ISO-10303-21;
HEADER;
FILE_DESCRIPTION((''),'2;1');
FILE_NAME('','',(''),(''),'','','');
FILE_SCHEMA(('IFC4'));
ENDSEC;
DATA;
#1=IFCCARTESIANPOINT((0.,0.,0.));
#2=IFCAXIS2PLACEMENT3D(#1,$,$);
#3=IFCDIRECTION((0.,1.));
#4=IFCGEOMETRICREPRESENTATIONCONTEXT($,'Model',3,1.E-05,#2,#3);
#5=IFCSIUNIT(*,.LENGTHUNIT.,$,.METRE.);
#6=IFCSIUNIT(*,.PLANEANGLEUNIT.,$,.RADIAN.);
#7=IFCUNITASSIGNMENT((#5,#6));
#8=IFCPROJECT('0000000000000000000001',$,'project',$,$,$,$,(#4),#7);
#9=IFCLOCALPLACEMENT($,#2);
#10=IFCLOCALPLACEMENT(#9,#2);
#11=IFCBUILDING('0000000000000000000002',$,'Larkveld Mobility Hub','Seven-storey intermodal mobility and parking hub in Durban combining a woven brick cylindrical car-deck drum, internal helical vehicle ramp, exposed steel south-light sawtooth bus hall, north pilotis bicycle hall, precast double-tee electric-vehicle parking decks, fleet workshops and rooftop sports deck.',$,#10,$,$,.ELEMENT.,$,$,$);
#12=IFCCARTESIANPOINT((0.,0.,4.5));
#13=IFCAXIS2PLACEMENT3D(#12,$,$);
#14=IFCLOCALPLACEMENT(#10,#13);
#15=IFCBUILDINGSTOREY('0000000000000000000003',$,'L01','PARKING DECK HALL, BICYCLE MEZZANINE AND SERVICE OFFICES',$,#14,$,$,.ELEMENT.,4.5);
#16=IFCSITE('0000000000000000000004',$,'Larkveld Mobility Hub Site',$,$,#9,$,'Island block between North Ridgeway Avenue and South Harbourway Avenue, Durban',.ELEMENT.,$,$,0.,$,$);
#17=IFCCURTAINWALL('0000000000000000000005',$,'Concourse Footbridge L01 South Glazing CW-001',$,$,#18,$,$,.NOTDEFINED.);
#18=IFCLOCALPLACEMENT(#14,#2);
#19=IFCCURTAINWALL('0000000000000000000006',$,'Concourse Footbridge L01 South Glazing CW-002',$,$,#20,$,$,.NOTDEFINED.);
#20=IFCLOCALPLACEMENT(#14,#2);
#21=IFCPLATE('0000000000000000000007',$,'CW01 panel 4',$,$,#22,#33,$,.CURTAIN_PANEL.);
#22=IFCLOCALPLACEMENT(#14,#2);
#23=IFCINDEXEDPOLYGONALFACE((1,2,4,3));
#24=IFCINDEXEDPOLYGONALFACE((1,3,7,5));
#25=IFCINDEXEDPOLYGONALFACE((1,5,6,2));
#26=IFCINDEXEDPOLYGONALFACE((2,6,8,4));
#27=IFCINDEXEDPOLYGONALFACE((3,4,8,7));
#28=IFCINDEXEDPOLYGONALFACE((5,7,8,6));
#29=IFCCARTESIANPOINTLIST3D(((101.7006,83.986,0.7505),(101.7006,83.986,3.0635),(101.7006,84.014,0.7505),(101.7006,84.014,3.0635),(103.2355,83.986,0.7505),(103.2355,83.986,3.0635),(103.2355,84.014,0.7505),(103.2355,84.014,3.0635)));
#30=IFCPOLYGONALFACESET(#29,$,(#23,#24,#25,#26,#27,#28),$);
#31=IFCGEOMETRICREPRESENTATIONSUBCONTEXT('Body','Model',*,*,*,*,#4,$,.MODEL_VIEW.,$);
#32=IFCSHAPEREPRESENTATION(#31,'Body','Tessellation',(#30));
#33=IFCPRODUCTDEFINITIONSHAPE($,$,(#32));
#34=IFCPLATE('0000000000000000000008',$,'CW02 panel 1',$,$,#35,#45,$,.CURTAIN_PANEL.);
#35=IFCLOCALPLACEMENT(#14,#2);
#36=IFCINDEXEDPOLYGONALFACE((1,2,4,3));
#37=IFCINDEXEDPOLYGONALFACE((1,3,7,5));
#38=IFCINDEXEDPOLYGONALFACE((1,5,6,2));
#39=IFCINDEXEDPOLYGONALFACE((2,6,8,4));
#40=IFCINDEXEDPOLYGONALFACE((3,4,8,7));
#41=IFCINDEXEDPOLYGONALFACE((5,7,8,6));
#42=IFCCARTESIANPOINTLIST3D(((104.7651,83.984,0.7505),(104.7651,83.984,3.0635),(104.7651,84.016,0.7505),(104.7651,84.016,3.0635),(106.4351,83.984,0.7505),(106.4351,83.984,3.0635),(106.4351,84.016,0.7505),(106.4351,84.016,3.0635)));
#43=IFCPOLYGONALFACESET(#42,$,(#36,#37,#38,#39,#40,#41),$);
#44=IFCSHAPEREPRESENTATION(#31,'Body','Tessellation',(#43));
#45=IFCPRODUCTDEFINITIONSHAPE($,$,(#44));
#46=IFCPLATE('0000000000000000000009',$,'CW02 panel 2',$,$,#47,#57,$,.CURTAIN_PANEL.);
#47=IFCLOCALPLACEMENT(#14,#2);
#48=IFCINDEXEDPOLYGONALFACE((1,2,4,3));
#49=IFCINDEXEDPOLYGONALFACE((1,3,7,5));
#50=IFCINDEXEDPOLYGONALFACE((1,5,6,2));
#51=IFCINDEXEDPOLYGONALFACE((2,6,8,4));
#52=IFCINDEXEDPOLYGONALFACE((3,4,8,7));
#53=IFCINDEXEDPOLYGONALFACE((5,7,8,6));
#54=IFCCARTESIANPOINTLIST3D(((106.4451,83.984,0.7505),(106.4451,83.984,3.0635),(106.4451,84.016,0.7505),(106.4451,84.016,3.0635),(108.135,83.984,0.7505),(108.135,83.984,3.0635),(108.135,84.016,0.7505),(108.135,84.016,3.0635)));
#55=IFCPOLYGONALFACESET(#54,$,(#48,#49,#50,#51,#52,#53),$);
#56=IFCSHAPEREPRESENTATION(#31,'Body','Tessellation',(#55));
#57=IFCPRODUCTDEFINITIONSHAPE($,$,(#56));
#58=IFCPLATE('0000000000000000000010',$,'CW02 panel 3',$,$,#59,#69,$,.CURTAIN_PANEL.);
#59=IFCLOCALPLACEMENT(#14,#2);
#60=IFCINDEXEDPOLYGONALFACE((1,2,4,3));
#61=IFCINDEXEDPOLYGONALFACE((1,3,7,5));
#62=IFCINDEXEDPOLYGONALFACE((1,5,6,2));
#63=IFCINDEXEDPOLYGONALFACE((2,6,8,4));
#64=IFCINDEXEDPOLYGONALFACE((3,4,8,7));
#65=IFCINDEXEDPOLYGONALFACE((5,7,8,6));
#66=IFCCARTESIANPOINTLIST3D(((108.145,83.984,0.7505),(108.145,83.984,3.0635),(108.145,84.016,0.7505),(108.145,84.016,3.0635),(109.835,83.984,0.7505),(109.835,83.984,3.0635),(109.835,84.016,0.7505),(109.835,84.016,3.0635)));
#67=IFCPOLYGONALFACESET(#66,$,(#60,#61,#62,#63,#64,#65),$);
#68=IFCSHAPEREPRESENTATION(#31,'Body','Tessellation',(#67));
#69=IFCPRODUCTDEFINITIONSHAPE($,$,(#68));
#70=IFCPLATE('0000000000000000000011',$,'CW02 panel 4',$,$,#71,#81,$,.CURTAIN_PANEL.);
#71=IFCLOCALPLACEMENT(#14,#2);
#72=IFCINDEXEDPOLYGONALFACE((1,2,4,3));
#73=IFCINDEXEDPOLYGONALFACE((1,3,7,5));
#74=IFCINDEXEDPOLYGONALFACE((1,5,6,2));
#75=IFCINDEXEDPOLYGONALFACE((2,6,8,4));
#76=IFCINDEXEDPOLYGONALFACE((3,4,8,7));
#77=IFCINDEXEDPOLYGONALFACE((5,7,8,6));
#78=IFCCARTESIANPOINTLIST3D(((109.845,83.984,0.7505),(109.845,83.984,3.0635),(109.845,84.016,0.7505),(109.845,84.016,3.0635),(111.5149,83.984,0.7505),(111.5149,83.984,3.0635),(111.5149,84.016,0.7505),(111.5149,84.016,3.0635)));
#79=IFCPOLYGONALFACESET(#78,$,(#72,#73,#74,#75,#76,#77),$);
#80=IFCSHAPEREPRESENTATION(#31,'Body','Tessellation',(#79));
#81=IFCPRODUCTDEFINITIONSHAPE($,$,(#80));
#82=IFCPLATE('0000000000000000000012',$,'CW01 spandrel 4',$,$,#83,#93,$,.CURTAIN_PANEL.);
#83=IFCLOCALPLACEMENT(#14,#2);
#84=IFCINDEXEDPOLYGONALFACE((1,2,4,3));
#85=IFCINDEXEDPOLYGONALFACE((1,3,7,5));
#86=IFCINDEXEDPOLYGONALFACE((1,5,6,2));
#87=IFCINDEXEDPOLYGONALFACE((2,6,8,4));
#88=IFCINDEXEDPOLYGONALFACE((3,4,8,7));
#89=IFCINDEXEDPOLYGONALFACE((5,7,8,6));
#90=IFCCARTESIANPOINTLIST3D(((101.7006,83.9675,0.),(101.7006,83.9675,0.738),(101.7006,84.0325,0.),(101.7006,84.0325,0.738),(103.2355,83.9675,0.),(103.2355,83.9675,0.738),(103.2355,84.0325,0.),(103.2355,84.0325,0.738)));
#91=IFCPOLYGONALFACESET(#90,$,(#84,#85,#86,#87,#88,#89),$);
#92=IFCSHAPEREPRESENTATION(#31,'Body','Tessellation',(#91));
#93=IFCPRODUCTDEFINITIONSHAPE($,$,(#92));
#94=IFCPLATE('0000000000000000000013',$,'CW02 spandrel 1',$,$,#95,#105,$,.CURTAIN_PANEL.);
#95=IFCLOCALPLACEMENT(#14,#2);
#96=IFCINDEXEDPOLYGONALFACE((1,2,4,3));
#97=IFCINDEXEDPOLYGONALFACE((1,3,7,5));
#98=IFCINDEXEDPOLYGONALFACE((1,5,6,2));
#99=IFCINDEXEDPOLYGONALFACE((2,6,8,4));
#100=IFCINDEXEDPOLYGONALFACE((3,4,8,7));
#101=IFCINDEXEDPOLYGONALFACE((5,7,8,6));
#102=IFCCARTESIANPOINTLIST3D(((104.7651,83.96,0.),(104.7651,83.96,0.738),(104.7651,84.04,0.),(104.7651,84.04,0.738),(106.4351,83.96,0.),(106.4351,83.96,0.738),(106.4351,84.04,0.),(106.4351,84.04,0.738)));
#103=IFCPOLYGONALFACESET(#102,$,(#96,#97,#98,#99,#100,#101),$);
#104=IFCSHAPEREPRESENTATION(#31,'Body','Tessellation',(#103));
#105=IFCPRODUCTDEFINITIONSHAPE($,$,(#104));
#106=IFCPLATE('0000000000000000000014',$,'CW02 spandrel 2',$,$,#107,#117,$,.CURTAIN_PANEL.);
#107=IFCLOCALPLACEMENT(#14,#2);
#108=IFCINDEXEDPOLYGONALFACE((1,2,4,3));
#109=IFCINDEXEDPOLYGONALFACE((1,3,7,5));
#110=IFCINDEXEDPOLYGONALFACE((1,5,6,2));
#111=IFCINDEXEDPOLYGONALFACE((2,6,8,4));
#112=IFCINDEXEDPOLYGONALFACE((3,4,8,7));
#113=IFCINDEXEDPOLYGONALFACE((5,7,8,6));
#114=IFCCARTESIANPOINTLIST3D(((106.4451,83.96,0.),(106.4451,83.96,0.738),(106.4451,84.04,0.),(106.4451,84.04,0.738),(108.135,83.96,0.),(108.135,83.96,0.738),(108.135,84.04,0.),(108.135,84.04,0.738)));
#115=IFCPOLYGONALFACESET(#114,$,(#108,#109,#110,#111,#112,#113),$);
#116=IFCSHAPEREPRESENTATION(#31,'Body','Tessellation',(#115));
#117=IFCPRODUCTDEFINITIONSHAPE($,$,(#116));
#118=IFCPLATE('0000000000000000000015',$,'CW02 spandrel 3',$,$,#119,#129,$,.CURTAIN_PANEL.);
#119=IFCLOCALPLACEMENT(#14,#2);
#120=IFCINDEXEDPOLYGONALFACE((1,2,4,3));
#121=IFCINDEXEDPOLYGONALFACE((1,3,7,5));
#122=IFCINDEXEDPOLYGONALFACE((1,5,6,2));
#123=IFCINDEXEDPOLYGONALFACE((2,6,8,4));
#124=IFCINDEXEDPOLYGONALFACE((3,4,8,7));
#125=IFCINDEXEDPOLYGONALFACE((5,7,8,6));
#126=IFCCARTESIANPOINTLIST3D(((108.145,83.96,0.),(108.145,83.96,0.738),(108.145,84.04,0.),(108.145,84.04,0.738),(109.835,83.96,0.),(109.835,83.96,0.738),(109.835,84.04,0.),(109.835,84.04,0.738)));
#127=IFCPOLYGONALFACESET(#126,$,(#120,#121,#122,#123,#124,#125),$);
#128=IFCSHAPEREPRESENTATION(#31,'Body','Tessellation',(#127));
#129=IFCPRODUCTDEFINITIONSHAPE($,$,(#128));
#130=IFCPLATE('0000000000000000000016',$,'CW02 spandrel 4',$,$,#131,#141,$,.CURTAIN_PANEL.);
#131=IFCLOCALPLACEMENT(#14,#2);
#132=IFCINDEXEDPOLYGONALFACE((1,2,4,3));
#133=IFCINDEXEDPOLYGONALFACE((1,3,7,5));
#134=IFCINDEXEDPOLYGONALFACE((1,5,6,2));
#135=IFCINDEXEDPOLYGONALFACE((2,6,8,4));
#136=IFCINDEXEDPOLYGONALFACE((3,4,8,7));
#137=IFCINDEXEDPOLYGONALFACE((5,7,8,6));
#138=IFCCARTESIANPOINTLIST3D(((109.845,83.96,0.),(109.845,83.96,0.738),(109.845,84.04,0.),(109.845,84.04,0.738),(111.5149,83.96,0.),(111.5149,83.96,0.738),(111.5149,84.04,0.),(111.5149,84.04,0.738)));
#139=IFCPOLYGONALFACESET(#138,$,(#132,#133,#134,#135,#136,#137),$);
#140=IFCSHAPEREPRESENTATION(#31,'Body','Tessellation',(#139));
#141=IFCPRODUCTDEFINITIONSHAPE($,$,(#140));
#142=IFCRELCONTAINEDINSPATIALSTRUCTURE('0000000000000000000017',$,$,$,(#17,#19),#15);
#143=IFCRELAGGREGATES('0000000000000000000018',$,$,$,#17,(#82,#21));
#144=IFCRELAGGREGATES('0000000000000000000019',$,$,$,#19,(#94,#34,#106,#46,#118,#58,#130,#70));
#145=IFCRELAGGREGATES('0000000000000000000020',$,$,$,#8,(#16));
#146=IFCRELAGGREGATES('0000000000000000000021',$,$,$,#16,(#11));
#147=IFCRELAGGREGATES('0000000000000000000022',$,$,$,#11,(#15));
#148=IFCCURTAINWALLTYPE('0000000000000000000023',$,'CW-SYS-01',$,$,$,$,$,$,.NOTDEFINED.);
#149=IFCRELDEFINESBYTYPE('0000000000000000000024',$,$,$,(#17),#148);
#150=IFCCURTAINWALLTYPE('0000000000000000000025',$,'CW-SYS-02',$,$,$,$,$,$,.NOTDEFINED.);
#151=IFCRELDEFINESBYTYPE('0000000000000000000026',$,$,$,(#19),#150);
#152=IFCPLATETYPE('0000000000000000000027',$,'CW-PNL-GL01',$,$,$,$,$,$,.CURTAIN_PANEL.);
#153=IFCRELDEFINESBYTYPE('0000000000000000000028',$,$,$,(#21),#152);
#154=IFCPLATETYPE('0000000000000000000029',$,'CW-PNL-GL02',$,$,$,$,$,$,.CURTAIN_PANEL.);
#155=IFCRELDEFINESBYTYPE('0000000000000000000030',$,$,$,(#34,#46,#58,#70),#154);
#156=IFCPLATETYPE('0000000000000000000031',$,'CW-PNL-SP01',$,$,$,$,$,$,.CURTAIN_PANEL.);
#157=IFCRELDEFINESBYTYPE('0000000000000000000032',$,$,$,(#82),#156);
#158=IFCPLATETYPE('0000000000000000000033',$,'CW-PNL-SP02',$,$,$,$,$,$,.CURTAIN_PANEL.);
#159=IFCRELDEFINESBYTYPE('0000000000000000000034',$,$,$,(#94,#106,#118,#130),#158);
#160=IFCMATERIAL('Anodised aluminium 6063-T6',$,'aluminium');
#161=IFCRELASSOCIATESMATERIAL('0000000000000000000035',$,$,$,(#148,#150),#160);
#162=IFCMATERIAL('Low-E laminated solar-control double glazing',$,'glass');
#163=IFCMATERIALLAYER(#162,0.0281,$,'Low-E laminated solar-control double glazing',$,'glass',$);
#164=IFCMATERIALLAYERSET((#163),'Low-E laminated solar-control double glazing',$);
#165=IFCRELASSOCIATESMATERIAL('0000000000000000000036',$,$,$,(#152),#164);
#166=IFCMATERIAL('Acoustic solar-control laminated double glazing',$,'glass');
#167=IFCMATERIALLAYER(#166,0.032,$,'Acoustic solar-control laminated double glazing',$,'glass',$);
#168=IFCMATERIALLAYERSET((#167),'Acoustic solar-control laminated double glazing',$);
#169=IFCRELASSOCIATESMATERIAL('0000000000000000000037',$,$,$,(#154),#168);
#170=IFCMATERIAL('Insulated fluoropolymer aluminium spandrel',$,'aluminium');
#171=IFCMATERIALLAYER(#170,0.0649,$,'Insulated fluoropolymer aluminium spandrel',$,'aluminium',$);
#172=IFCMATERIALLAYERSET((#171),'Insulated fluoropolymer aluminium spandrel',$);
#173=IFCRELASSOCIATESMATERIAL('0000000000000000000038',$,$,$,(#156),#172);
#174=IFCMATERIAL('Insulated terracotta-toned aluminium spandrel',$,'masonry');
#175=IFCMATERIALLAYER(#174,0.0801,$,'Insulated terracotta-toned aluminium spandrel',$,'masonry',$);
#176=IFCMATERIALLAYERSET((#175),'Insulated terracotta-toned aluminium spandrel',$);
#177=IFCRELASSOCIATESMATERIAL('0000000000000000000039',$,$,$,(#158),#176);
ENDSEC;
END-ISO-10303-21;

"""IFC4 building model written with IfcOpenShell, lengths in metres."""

from ifc_helpers import new_model, si_unit, direction, frame, origin, origin_2d, place, context, subcontext, project, spatial, rectangle, extrude, material, layer, layer_set, type_object, element, aggregate, save


model = new_model("IFC4")

# Units and contexts
model_context = context("Model", 3, precision=1e-05, world=origin(), true_north=direction((0.0, 1.0)))
body_context = subcontext(model_context, "Body", "Model", "MODEL_VIEW")
ifc_project = project(units=[si_unit("LENGTHUNIT", "METRE"), si_unit("PLANEANGLEUNIT", "RADIAN")], contexts=[model_context])

# Site, building, storey
site_placement = place(None, origin())
site = spatial("IfcSite", under=ifc_project, at=site_placement, Name="Larkveld Mobility Hub Site", LongName="Island block between North Ridgeway Avenue and South Harbourway Avenue, Durban", CompositionType="ELEMENT", RefElevation=0.0)
building_placement = place(site_placement, origin())
building = spatial("IfcBuilding", under=site, at=building_placement, Name="Larkveld Mobility Hub", Description="Seven-storey intermodal mobility and parking hub in Durban combining a woven brick cylindrical car-deck drum, internal helical vehicle ramp, exposed steel south-light sawtooth bus hall, north pilotis bicycle hall, precast double-tee electric-vehicle parking decks, fleet workshops and rooftop sports deck.", CompositionType="ELEMENT")
storey_placement = place(building_placement, frame((0.0, 0.0, 4.5)))
storey = spatial("IfcBuildingStorey", under=building, at=storey_placement, Name="L01", Description="PARKING DECK HALL, BICYCLE MEZZANINE AND SERVICE OFFICES", CompositionType="ELEMENT", Elevation=4.5)

# Curtain wall
ifc_material_1 = material(Name="Anodised aluminium 6063-T6", Category="aluminium")
curtain_wall_type_1 = type_object("IfcCurtainWallType", Name="CW-SYS-01", PredefinedType="NOTDEFINED", material=ifc_material_1)
curtain_wall_1_placement = place(storey_placement, origin())
curtain_wall_1 = element("IfcCurtainWall", 1, at=curtain_wall_1_placement, inside=storey, type_object=curtain_wall_type_1, Name="Concourse Footbridge L01 South Glazing CW-001", PredefinedType="NOTDEFINED")

# Curtain wall
curtain_wall_type_2 = type_object("IfcCurtainWallType", Name="CW-SYS-02", PredefinedType="NOTDEFINED", material=ifc_material_1)
curtain_wall_2_placement = place(storey_placement, origin())
curtain_wall_2 = element("IfcCurtainWall", 2, at=curtain_wall_2_placement, inside=storey, type_object=curtain_wall_type_2, Name="Concourse Footbridge L01 South Glazing CW-002", PredefinedType="NOTDEFINED")

# Plates
ifc_material_2 = material(Name="Low-E laminated solar-control double glazing", Category="glass")
ifc_layer_1 = layer(ifc_material_2, 0.0281, Name="Low-E laminated solar-control double glazing", Category="glass")
ifc_layer_set_1 = layer_set([ifc_layer_1], Name="Low-E laminated solar-control double glazing")
plate_type_1 = type_object("IfcPlateType", Name="CW-PNL-GL01", PredefinedType="CURTAIN_PANEL", material=ifc_layer_set_1)
plate_1_placement = place(storey_placement, frame((102.468, 84.0, 0.7505), z_axis=(0.0, 0.0, 1.0), x_axis=(1.0, 0.0, 0.0)))
plate_1 = element("IfcPlate", 3, at=plate_1_placement, type_object=plate_type_1, Name="CW01 panel 4", PredefinedType="CURTAIN_PANEL", context=body_context, shape_type="SweptSolid", body=[
    extrude(rectangle(XDim=1.5349, YDim=0.0281, at=origin_2d()), origin(), (0.0, 0.0, 1.0), 2.313),
])
ifc_material_3 = material(Name="Acoustic solar-control laminated double glazing", Category="glass")
ifc_layer_2 = layer(ifc_material_3, 0.032, Name="Acoustic solar-control laminated double glazing", Category="glass")
ifc_layer_set_2 = layer_set([ifc_layer_2], Name="Acoustic solar-control laminated double glazing")
plate_type_2 = type_object("IfcPlateType", Name="CW-PNL-GL02", PredefinedType="CURTAIN_PANEL", material=ifc_layer_set_2)
plate_2_placement = place(storey_placement, frame((105.6001, 84.0, 0.7505), z_axis=(0.0, 0.0, 1.0), x_axis=(1.0, 0.0, 0.0)))
plate_2 = element("IfcPlate", 4, at=plate_2_placement, type_object=plate_type_2, Name="CW02 panel 1", PredefinedType="CURTAIN_PANEL", context=body_context, shape_type="SweptSolid", body=[
    extrude(rectangle(XDim=1.6699, YDim=0.032, at=origin_2d()), origin(), (0.0, 0.0, 1.0), 2.313),
])
plate_3_placement = place(storey_placement, frame((107.29, 84.0, 0.7505), z_axis=(0.0, 0.0, 1.0), x_axis=(1.0, 0.0, 0.0)))
plate_3 = element("IfcPlate", 5, at=plate_3_placement, type_object=plate_type_2, Name="CW02 panel 2", PredefinedType="CURTAIN_PANEL", context=body_context, shape_type="SweptSolid", body=[
    extrude(rectangle(XDim=1.6899, YDim=0.032, at=origin_2d()), origin(), (0.0, 0.0, 1.0), 2.313),
])
plate_4_placement = place(storey_placement, frame((108.99, 84.0, 0.7505), z_axis=(0.0, 0.0, 1.0), x_axis=(1.0, 0.0, 0.0)))
plate_4 = element("IfcPlate", 6, at=plate_4_placement, type_object=plate_type_2, Name="CW02 panel 3", PredefinedType="CURTAIN_PANEL", context=body_context, shape_type="SweptSolid", body=[
    extrude(rectangle(XDim=1.6899, YDim=0.032, at=origin_2d()), origin(), (0.0, 0.0, 1.0), 2.313),
])
plate_5_placement = place(storey_placement, frame((110.6799, 84.0, 0.7505), z_axis=(0.0, 0.0, 1.0), x_axis=(1.0, 0.0, 0.0)))
plate_5 = element("IfcPlate", 7, at=plate_5_placement, type_object=plate_type_2, Name="CW02 panel 4", PredefinedType="CURTAIN_PANEL", context=body_context, shape_type="SweptSolid", body=[
    extrude(rectangle(XDim=1.6699, YDim=0.032, at=origin_2d()), origin(), (0.0, 0.0, 1.0), 2.313),
])
ifc_material_4 = material(Name="Insulated fluoropolymer aluminium spandrel", Category="aluminium")
ifc_layer_3 = layer(ifc_material_4, 0.0649, Name="Insulated fluoropolymer aluminium spandrel", Category="aluminium")
ifc_layer_set_3 = layer_set([ifc_layer_3], Name="Insulated fluoropolymer aluminium spandrel")
plate_type_3 = type_object("IfcPlateType", Name="CW-PNL-SP01", PredefinedType="CURTAIN_PANEL", material=ifc_layer_set_3)
plate_6_placement = place(storey_placement, frame((102.468, 84.0, 0.0), z_axis=(0.0, 0.0, 1.0), x_axis=(1.0, 0.0, 0.0)))
plate_6 = element("IfcPlate", 8, at=plate_6_placement, type_object=plate_type_3, Name="CW01 spandrel 4", PredefinedType="CURTAIN_PANEL", context=body_context, shape_type="SweptSolid", body=[
    extrude(rectangle(XDim=1.5349, YDim=0.0649, at=origin_2d()), origin(), (0.0, 0.0, 1.0), 0.738),
])
aggregate(curtain_wall_1, [plate_6, plate_1])
ifc_material_5 = material(Name="Insulated terracotta-toned aluminium spandrel", Category="masonry")
ifc_layer_4 = layer(ifc_material_5, 0.0801, Name="Insulated terracotta-toned aluminium spandrel", Category="masonry")
ifc_layer_set_4 = layer_set([ifc_layer_4], Name="Insulated terracotta-toned aluminium spandrel")
plate_type_4 = type_object("IfcPlateType", Name="CW-PNL-SP02", PredefinedType="CURTAIN_PANEL", material=ifc_layer_set_4)
plate_7_placement = place(storey_placement, frame((105.6001, 84.0, 0.0), z_axis=(0.0, 0.0, 1.0), x_axis=(1.0, 0.0, 0.0)))
plate_7 = element("IfcPlate", 9, at=plate_7_placement, type_object=plate_type_4, Name="CW02 spandrel 1", PredefinedType="CURTAIN_PANEL", context=body_context, shape_type="SweptSolid", body=[
    extrude(rectangle(XDim=1.6699, YDim=0.0801, at=origin_2d()), origin(), (0.0, 0.0, 1.0), 0.738),
])
plate_8_placement = place(storey_placement, frame((107.29, 84.0, 0.0), z_axis=(0.0, 0.0, 1.0), x_axis=(1.0, 0.0, 0.0)))
plate_8 = element("IfcPlate", 10, at=plate_8_placement, type_object=plate_type_4, Name="CW02 spandrel 2", PredefinedType="CURTAIN_PANEL", context=body_context, shape_type="SweptSolid", body=[
    extrude(rectangle(XDim=1.6899, YDim=0.0801, at=origin_2d()), origin(), (0.0, 0.0, 1.0), 0.738),
])
plate_9_placement = place(storey_placement, frame((108.99, 84.0, 0.0), z_axis=(0.0, 0.0, 1.0), x_axis=(1.0, 0.0, 0.0)))
plate_9 = element("IfcPlate", 11, at=plate_9_placement, type_object=plate_type_4, Name="CW02 spandrel 3", PredefinedType="CURTAIN_PANEL", context=body_context, shape_type="SweptSolid", body=[
    extrude(rectangle(XDim=1.6899, YDim=0.0801, at=origin_2d()), origin(), (0.0, 0.0, 1.0), 0.738),
])
plate_10_placement = place(storey_placement, frame((110.6799, 84.0, 0.0), z_axis=(0.0, 0.0, 1.0), x_axis=(1.0, 0.0, 0.0)))
plate_10 = element("IfcPlate", 12, at=plate_10_placement, type_object=plate_type_4, Name="CW02 spandrel 4", PredefinedType="CURTAIN_PANEL", context=body_context, shape_type="SweptSolid", body=[
    extrude(rectangle(XDim=1.6699, YDim=0.0801, at=origin_2d()), origin(), (0.0, 0.0, 1.0), 0.738),
])
aggregate(curtain_wall_2, [plate_7, plate_2, plate_8, plate_3, plate_9, plate_4, plate_10, plate_5])

save(model, "model.ifc")
